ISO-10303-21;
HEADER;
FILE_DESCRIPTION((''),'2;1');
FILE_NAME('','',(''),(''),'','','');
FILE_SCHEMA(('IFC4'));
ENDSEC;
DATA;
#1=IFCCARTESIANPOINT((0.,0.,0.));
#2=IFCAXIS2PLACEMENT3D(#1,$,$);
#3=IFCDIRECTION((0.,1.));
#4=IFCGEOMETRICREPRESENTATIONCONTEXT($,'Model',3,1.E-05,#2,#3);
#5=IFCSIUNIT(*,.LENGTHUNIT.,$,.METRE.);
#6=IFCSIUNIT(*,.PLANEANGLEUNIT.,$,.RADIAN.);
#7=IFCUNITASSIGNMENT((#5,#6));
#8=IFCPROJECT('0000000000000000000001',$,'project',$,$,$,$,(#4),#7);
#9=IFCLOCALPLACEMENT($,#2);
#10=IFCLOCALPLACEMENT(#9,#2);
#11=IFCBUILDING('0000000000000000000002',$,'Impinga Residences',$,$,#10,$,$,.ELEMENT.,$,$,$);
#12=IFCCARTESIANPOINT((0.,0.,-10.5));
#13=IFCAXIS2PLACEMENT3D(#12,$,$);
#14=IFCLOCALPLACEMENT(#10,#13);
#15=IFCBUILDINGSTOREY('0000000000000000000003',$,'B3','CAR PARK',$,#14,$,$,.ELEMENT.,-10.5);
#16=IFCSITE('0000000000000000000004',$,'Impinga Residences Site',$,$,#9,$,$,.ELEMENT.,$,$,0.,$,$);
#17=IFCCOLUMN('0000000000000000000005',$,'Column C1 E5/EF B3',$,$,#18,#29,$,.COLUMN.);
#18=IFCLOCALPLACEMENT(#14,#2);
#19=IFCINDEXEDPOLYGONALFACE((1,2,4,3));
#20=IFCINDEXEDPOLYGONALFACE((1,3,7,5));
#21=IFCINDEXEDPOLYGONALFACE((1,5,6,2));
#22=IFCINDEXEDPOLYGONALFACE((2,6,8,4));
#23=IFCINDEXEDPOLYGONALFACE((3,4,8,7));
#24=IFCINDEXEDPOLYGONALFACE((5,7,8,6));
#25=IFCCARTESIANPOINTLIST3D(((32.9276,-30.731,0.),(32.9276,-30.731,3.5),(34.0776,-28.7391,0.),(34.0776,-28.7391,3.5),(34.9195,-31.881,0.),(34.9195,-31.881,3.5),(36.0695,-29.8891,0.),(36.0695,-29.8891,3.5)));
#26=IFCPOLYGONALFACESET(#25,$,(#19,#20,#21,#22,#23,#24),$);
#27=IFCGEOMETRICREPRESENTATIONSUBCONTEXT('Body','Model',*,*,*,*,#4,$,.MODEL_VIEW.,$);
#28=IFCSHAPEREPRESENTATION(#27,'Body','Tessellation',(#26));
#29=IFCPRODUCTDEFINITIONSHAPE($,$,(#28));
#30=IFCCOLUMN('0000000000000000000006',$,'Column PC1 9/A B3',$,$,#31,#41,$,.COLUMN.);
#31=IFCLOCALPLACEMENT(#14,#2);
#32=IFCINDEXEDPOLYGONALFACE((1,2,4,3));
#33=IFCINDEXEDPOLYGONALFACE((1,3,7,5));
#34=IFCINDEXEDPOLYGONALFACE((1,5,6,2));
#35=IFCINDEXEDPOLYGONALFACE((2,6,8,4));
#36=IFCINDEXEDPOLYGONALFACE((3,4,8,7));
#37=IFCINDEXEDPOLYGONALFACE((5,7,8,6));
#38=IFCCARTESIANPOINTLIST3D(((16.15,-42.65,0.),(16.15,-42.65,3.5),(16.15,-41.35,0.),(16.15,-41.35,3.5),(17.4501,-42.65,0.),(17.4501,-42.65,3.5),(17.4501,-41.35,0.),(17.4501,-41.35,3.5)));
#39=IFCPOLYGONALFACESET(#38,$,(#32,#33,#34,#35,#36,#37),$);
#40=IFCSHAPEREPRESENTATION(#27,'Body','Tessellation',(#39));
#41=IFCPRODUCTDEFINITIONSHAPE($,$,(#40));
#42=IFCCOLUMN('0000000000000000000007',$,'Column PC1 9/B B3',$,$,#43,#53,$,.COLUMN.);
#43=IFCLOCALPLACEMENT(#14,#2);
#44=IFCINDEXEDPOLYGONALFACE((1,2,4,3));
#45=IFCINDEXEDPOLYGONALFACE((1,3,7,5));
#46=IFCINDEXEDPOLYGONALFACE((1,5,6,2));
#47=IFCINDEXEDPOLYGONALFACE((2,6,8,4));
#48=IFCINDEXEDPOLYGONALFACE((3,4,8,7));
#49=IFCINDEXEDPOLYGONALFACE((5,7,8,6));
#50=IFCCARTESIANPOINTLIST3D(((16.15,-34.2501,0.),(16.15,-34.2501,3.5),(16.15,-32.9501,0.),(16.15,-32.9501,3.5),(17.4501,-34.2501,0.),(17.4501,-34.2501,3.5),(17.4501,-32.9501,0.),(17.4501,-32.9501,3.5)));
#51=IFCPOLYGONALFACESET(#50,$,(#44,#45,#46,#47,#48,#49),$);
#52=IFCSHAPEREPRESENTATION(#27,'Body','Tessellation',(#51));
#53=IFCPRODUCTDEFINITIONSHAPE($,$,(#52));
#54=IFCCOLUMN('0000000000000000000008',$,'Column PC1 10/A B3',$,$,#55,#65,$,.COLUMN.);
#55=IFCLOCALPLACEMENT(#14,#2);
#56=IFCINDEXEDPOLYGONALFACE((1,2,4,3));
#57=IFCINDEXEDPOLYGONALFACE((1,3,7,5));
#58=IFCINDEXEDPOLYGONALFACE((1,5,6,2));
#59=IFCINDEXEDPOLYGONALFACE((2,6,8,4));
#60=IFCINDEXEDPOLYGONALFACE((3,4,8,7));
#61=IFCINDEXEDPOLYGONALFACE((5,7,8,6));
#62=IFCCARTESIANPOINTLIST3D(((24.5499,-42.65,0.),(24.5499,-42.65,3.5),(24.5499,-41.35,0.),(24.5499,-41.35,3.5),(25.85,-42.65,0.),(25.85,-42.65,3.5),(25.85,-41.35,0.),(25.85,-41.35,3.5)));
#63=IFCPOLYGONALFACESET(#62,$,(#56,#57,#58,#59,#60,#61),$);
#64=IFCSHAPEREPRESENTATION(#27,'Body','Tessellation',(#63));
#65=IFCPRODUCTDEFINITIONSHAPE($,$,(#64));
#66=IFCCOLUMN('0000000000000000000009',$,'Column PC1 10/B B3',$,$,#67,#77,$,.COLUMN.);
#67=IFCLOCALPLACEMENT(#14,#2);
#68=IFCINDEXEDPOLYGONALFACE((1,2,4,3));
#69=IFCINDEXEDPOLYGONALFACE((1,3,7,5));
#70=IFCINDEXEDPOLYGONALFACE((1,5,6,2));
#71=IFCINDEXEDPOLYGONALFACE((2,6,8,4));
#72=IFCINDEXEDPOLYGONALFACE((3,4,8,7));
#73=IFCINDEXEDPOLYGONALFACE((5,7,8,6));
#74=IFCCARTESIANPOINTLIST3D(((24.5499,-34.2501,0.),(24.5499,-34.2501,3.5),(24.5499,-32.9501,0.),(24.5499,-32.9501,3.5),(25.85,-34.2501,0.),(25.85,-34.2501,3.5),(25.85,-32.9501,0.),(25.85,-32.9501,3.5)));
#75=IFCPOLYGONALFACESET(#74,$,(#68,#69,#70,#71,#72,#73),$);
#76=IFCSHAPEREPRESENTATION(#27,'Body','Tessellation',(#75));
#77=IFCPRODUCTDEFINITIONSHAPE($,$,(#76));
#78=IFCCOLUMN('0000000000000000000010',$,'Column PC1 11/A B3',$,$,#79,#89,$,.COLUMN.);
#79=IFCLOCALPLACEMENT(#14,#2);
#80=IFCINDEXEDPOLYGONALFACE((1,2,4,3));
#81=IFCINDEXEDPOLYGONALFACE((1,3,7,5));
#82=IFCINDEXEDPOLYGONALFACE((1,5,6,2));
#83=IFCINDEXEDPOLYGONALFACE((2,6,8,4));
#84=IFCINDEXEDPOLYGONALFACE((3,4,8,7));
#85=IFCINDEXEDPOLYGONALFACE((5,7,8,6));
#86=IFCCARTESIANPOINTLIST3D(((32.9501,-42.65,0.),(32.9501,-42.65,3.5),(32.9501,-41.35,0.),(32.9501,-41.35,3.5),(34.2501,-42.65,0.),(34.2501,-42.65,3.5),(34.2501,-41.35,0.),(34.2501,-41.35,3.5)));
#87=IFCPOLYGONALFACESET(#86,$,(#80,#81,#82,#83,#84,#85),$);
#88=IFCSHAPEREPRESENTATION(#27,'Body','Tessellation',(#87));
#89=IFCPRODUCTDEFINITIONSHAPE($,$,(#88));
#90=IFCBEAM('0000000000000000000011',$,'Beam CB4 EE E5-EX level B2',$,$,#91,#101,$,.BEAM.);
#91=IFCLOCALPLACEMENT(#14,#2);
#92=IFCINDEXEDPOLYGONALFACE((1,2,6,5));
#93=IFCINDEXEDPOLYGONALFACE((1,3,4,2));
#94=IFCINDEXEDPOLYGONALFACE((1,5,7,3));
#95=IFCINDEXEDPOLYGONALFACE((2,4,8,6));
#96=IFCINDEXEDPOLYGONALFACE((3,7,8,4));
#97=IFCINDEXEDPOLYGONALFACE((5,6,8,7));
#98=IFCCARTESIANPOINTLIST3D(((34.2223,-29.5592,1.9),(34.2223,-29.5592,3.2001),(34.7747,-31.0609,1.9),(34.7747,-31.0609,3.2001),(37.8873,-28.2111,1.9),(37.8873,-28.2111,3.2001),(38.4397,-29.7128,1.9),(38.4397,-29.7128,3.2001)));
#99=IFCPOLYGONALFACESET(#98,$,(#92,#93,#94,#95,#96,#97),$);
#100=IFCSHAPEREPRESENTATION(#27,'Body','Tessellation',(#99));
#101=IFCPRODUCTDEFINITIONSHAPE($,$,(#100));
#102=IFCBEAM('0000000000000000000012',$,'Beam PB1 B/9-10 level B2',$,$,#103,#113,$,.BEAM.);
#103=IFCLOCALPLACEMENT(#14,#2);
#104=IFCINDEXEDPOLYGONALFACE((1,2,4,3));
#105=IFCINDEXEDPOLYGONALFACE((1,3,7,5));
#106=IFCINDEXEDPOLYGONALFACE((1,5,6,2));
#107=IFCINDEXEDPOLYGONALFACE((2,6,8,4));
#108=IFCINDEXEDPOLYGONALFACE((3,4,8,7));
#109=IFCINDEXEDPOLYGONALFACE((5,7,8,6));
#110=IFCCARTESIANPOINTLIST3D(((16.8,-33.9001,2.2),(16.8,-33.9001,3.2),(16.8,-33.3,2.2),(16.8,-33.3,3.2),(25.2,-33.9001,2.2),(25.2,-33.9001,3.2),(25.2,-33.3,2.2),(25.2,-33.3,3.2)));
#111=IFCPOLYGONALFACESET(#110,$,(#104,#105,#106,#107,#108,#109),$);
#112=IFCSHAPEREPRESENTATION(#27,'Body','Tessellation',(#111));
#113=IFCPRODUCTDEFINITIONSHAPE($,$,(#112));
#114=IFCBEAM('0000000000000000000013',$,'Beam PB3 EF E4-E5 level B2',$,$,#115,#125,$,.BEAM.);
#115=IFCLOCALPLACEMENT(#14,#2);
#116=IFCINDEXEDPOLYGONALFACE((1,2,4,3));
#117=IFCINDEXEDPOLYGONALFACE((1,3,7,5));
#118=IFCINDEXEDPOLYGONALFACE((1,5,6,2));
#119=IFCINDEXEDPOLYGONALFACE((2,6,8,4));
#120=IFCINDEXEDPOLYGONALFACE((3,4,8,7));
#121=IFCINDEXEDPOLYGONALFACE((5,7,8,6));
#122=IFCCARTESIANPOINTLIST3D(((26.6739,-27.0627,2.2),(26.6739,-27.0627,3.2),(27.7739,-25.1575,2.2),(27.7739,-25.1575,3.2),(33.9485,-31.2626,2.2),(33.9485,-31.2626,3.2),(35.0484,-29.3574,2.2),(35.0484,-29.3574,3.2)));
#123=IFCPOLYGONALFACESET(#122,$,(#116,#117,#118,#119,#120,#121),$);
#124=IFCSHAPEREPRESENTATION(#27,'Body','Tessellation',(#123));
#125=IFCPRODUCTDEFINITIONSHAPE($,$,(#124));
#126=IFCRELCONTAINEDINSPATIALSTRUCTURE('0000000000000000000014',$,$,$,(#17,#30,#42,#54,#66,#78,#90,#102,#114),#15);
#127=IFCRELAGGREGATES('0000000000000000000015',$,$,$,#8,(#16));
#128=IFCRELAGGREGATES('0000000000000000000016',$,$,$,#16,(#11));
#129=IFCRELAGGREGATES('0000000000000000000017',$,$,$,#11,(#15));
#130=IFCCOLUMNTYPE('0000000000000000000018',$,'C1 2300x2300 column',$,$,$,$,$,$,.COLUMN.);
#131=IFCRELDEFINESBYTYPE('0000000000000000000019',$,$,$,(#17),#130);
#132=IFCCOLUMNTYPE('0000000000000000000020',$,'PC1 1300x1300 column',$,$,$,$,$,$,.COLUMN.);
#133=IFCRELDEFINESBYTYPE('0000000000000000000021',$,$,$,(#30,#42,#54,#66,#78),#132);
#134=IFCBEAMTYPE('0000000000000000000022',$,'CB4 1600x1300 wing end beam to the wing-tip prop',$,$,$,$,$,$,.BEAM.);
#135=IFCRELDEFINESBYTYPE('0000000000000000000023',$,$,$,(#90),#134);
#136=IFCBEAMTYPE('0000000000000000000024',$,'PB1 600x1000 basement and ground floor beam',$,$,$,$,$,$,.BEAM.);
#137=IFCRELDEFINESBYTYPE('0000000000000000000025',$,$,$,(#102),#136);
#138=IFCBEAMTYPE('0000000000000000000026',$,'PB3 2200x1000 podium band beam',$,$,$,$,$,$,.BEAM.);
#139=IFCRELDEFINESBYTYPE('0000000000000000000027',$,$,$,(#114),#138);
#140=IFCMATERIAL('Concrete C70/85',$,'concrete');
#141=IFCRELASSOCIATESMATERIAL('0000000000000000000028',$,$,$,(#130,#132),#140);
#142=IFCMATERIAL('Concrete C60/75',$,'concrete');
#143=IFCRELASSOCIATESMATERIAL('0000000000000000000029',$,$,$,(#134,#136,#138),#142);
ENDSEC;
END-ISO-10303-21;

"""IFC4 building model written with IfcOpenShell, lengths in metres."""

from ifc_helpers import new_model, si_unit, direction, frame, origin, origin_2d, place, context, subcontext, project, spatial, rectangle, extrude, material, material_profile, profile_set, type_object, element, save


model = new_model("IFC4")

# Units and contexts
model_context = context("Model", 3, precision=1e-05, world=origin(), true_north=direction((0.0, 1.0)))
body_context = subcontext(model_context, "Body", "Model", "MODEL_VIEW")
ifc_project = project(units=[si_unit("LENGTHUNIT", "METRE"), si_unit("PLANEANGLEUNIT", "RADIAN")], contexts=[model_context])

# Site, building, storey
site_placement = place(None, origin())
site = spatial("IfcSite", under=ifc_project, at=site_placement, Name="Impinga Residences Site", CompositionType="ELEMENT", RefElevation=0.0)
building_placement = place(site_placement, origin())
building = spatial("IfcBuilding", under=site, at=building_placement, Name="Impinga Residences", CompositionType="ELEMENT")
storey_placement = place(building_placement, frame((0.0, 0.0, -10.5)))
storey = spatial("IfcBuildingStorey", under=building, at=storey_placement, Name="B3", Description="CAR PARK", CompositionType="ELEMENT", Elevation=-10.5)

# Columns
ifc_material_1 = material(Name="Concrete C70/85", Category="concrete")
ifc_material_profile_1 = material_profile(ifc_material_1, rectangle(XDim=2.3, YDim=2.3, at=origin_2d()), Name="RC 2300x2300")
ifc_profile_set_1 = profile_set([ifc_material_profile_1], Name="Concrete C70/85")
column_type_1 = type_object("IfcColumnType", Name="C1 2300x2300 column", PredefinedType="COLUMN", material=ifc_profile_set_1)
for number, where, z_axis, x_axis, name in (
    (1, (34.4985, -30.3101, 0.0), (0.0, 0.0, 1.0), (-0.5, -0.866025, 0.0), "Column C1 E5/EF B3"),
):
    element("IfcColumn", number, at=place(storey_placement, frame(where, z_axis=z_axis, x_axis=x_axis)), inside=storey, type_object=column_type_1, Name=name, PredefinedType="COLUMN", context=body_context, shape_type="SweptSolid", body=[
        extrude(rectangle(XDim=2.3, YDim=2.3, at=origin_2d()), origin(), (0.0, 0.0, 1.0), 3.5),
    ])
ifc_material_profile_2 = material_profile(ifc_material_1, rectangle(XDim=1.3, YDim=1.3, at=origin_2d()), Name="RC 1300x1300")
ifc_profile_set_2 = profile_set([ifc_material_profile_2], Name="Concrete C70/85")
column_type_2 = type_object("IfcColumnType", Name="PC1 1300x1300 column", PredefinedType="COLUMN", material=ifc_profile_set_2)
for number, where, z_axis, x_axis, name in (
    (2, (16.8, -42.0, 0.0), (0.0, 0.0, 1.0), (1.0, 0.0, 0.0), "Column PC1 9/A B3"),
    (3, (16.8, -33.6001, 0.0), (0.0, 0.0, 1.0), (1.0, 0.0, 0.0), "Column PC1 9/B B3"),
    (4, (25.2, -42.0, 0.0), (0.0, 0.0, 1.0), (1.0, 0.0, 0.0), "Column PC1 10/A B3"),
    (5, (25.2, -33.6001, 0.0), (0.0, 0.0, 1.0), (1.0, 0.0, 0.0), "Column PC1 10/B B3"),
    (6, (33.6001, -42.0, 0.0), (0.0, 0.0, 1.0), (1.0, 0.0, 0.0), "Column PC1 11/A B3"),
):
    element("IfcColumn", number, at=place(storey_placement, frame(where, z_axis=z_axis, x_axis=x_axis)), inside=storey, type_object=column_type_2, Name=name, PredefinedType="COLUMN", context=body_context, shape_type="SweptSolid", body=[
        extrude(rectangle(XDim=1.3, YDim=1.3, at=origin_2d()), origin(), (0.0, 0.0, 1.0), 3.5),
    ])

# Beams
ifc_material_2 = material(Name="Concrete C60/75", Category="concrete")
ifc_material_profile_3 = material_profile(ifc_material_2, rectangle(XDim=1.6001, YDim=1.3, at=origin_2d()), Name="RC 1600x1300")
ifc_profile_set_3 = profile_set([ifc_material_profile_3], Name="Concrete C60/75")
beam_type_1 = type_object("IfcBeamType", Name="CB4 1600x1300 wing end beam to the wing-tip prop", PredefinedType="BEAM", material=ifc_profile_set_3)
beam_1_placement = place(storey_placement, frame((34.4985, -30.3101, 2.55), z_axis=(0.93852, 0.345224, 0.0), x_axis=(-0.345224, 0.93852, 0.0)))
element("IfcBeam", 7, at=beam_1_placement, inside=storey, type_object=beam_type_1, Name="Beam CB4 EE E5-EX level B2", PredefinedType="BEAM", context=body_context, shape_type="SweptSolid", body=[
    extrude(rectangle(XDim=1.6001, YDim=1.3, at=origin_2d()), origin(), (0.0, 0.0, 1.0), 3.905),
])
ifc_material_profile_4 = material_profile(ifc_material_2, rectangle(XDim=0.6001, YDim=1.0, at=origin_2d()), Name="RC 600x1000")
ifc_profile_set_4 = profile_set([ifc_material_profile_4], Name="Concrete C60/75")
beam_type_2 = type_object("IfcBeamType", Name="PB1 600x1000 basement and ground floor beam", PredefinedType="BEAM", material=ifc_profile_set_4)
beam_2_placement = place(storey_placement, frame((16.8, -33.6001, 2.7), z_axis=(1.0, 0.0, 0.0), x_axis=(0.0, 1.0, 0.0)))
element("IfcBeam", 8, at=beam_2_placement, inside=storey, type_object=beam_type_2, Name="Beam PB1 B/9-10 level B2", PredefinedType="BEAM", context=body_context, shape_type="SweptSolid", body=[
    extrude(rectangle(XDim=0.6001, YDim=1.0, at=origin_2d()), origin(), (0.0, 0.0, 1.0), 8.3999),
])
ifc_material_profile_5 = material_profile(ifc_material_2, rectangle(XDim=2.2, YDim=1.0, at=origin_2d()), Name="RC 2200x1000")
ifc_profile_set_5 = profile_set([ifc_material_profile_5], Name="Concrete C60/75")
beam_type_3 = type_object("IfcBeamType", Name="PB3 2200x1000 podium band beam", PredefinedType="BEAM", material=ifc_profile_set_5)
beam_3_placement = place(storey_placement, frame((27.2239, -26.1101, 2.7), z_axis=(0.866029, -0.499993, 0.0), x_axis=(0.499993, 0.866029, 0.0)))
element("IfcBeam", 9, at=beam_3_placement, inside=storey, type_object=beam_type_3, Name="Beam PB3 EF E4-E5 level B2", PredefinedType="BEAM", context=body_context, shape_type="SweptSolid", body=[
    extrude(rectangle(XDim=2.2, YDim=1.0, at=origin_2d()), origin(), (0.0, 0.0, 1.0), 8.3999),
])

save(model, "model.ifc")
